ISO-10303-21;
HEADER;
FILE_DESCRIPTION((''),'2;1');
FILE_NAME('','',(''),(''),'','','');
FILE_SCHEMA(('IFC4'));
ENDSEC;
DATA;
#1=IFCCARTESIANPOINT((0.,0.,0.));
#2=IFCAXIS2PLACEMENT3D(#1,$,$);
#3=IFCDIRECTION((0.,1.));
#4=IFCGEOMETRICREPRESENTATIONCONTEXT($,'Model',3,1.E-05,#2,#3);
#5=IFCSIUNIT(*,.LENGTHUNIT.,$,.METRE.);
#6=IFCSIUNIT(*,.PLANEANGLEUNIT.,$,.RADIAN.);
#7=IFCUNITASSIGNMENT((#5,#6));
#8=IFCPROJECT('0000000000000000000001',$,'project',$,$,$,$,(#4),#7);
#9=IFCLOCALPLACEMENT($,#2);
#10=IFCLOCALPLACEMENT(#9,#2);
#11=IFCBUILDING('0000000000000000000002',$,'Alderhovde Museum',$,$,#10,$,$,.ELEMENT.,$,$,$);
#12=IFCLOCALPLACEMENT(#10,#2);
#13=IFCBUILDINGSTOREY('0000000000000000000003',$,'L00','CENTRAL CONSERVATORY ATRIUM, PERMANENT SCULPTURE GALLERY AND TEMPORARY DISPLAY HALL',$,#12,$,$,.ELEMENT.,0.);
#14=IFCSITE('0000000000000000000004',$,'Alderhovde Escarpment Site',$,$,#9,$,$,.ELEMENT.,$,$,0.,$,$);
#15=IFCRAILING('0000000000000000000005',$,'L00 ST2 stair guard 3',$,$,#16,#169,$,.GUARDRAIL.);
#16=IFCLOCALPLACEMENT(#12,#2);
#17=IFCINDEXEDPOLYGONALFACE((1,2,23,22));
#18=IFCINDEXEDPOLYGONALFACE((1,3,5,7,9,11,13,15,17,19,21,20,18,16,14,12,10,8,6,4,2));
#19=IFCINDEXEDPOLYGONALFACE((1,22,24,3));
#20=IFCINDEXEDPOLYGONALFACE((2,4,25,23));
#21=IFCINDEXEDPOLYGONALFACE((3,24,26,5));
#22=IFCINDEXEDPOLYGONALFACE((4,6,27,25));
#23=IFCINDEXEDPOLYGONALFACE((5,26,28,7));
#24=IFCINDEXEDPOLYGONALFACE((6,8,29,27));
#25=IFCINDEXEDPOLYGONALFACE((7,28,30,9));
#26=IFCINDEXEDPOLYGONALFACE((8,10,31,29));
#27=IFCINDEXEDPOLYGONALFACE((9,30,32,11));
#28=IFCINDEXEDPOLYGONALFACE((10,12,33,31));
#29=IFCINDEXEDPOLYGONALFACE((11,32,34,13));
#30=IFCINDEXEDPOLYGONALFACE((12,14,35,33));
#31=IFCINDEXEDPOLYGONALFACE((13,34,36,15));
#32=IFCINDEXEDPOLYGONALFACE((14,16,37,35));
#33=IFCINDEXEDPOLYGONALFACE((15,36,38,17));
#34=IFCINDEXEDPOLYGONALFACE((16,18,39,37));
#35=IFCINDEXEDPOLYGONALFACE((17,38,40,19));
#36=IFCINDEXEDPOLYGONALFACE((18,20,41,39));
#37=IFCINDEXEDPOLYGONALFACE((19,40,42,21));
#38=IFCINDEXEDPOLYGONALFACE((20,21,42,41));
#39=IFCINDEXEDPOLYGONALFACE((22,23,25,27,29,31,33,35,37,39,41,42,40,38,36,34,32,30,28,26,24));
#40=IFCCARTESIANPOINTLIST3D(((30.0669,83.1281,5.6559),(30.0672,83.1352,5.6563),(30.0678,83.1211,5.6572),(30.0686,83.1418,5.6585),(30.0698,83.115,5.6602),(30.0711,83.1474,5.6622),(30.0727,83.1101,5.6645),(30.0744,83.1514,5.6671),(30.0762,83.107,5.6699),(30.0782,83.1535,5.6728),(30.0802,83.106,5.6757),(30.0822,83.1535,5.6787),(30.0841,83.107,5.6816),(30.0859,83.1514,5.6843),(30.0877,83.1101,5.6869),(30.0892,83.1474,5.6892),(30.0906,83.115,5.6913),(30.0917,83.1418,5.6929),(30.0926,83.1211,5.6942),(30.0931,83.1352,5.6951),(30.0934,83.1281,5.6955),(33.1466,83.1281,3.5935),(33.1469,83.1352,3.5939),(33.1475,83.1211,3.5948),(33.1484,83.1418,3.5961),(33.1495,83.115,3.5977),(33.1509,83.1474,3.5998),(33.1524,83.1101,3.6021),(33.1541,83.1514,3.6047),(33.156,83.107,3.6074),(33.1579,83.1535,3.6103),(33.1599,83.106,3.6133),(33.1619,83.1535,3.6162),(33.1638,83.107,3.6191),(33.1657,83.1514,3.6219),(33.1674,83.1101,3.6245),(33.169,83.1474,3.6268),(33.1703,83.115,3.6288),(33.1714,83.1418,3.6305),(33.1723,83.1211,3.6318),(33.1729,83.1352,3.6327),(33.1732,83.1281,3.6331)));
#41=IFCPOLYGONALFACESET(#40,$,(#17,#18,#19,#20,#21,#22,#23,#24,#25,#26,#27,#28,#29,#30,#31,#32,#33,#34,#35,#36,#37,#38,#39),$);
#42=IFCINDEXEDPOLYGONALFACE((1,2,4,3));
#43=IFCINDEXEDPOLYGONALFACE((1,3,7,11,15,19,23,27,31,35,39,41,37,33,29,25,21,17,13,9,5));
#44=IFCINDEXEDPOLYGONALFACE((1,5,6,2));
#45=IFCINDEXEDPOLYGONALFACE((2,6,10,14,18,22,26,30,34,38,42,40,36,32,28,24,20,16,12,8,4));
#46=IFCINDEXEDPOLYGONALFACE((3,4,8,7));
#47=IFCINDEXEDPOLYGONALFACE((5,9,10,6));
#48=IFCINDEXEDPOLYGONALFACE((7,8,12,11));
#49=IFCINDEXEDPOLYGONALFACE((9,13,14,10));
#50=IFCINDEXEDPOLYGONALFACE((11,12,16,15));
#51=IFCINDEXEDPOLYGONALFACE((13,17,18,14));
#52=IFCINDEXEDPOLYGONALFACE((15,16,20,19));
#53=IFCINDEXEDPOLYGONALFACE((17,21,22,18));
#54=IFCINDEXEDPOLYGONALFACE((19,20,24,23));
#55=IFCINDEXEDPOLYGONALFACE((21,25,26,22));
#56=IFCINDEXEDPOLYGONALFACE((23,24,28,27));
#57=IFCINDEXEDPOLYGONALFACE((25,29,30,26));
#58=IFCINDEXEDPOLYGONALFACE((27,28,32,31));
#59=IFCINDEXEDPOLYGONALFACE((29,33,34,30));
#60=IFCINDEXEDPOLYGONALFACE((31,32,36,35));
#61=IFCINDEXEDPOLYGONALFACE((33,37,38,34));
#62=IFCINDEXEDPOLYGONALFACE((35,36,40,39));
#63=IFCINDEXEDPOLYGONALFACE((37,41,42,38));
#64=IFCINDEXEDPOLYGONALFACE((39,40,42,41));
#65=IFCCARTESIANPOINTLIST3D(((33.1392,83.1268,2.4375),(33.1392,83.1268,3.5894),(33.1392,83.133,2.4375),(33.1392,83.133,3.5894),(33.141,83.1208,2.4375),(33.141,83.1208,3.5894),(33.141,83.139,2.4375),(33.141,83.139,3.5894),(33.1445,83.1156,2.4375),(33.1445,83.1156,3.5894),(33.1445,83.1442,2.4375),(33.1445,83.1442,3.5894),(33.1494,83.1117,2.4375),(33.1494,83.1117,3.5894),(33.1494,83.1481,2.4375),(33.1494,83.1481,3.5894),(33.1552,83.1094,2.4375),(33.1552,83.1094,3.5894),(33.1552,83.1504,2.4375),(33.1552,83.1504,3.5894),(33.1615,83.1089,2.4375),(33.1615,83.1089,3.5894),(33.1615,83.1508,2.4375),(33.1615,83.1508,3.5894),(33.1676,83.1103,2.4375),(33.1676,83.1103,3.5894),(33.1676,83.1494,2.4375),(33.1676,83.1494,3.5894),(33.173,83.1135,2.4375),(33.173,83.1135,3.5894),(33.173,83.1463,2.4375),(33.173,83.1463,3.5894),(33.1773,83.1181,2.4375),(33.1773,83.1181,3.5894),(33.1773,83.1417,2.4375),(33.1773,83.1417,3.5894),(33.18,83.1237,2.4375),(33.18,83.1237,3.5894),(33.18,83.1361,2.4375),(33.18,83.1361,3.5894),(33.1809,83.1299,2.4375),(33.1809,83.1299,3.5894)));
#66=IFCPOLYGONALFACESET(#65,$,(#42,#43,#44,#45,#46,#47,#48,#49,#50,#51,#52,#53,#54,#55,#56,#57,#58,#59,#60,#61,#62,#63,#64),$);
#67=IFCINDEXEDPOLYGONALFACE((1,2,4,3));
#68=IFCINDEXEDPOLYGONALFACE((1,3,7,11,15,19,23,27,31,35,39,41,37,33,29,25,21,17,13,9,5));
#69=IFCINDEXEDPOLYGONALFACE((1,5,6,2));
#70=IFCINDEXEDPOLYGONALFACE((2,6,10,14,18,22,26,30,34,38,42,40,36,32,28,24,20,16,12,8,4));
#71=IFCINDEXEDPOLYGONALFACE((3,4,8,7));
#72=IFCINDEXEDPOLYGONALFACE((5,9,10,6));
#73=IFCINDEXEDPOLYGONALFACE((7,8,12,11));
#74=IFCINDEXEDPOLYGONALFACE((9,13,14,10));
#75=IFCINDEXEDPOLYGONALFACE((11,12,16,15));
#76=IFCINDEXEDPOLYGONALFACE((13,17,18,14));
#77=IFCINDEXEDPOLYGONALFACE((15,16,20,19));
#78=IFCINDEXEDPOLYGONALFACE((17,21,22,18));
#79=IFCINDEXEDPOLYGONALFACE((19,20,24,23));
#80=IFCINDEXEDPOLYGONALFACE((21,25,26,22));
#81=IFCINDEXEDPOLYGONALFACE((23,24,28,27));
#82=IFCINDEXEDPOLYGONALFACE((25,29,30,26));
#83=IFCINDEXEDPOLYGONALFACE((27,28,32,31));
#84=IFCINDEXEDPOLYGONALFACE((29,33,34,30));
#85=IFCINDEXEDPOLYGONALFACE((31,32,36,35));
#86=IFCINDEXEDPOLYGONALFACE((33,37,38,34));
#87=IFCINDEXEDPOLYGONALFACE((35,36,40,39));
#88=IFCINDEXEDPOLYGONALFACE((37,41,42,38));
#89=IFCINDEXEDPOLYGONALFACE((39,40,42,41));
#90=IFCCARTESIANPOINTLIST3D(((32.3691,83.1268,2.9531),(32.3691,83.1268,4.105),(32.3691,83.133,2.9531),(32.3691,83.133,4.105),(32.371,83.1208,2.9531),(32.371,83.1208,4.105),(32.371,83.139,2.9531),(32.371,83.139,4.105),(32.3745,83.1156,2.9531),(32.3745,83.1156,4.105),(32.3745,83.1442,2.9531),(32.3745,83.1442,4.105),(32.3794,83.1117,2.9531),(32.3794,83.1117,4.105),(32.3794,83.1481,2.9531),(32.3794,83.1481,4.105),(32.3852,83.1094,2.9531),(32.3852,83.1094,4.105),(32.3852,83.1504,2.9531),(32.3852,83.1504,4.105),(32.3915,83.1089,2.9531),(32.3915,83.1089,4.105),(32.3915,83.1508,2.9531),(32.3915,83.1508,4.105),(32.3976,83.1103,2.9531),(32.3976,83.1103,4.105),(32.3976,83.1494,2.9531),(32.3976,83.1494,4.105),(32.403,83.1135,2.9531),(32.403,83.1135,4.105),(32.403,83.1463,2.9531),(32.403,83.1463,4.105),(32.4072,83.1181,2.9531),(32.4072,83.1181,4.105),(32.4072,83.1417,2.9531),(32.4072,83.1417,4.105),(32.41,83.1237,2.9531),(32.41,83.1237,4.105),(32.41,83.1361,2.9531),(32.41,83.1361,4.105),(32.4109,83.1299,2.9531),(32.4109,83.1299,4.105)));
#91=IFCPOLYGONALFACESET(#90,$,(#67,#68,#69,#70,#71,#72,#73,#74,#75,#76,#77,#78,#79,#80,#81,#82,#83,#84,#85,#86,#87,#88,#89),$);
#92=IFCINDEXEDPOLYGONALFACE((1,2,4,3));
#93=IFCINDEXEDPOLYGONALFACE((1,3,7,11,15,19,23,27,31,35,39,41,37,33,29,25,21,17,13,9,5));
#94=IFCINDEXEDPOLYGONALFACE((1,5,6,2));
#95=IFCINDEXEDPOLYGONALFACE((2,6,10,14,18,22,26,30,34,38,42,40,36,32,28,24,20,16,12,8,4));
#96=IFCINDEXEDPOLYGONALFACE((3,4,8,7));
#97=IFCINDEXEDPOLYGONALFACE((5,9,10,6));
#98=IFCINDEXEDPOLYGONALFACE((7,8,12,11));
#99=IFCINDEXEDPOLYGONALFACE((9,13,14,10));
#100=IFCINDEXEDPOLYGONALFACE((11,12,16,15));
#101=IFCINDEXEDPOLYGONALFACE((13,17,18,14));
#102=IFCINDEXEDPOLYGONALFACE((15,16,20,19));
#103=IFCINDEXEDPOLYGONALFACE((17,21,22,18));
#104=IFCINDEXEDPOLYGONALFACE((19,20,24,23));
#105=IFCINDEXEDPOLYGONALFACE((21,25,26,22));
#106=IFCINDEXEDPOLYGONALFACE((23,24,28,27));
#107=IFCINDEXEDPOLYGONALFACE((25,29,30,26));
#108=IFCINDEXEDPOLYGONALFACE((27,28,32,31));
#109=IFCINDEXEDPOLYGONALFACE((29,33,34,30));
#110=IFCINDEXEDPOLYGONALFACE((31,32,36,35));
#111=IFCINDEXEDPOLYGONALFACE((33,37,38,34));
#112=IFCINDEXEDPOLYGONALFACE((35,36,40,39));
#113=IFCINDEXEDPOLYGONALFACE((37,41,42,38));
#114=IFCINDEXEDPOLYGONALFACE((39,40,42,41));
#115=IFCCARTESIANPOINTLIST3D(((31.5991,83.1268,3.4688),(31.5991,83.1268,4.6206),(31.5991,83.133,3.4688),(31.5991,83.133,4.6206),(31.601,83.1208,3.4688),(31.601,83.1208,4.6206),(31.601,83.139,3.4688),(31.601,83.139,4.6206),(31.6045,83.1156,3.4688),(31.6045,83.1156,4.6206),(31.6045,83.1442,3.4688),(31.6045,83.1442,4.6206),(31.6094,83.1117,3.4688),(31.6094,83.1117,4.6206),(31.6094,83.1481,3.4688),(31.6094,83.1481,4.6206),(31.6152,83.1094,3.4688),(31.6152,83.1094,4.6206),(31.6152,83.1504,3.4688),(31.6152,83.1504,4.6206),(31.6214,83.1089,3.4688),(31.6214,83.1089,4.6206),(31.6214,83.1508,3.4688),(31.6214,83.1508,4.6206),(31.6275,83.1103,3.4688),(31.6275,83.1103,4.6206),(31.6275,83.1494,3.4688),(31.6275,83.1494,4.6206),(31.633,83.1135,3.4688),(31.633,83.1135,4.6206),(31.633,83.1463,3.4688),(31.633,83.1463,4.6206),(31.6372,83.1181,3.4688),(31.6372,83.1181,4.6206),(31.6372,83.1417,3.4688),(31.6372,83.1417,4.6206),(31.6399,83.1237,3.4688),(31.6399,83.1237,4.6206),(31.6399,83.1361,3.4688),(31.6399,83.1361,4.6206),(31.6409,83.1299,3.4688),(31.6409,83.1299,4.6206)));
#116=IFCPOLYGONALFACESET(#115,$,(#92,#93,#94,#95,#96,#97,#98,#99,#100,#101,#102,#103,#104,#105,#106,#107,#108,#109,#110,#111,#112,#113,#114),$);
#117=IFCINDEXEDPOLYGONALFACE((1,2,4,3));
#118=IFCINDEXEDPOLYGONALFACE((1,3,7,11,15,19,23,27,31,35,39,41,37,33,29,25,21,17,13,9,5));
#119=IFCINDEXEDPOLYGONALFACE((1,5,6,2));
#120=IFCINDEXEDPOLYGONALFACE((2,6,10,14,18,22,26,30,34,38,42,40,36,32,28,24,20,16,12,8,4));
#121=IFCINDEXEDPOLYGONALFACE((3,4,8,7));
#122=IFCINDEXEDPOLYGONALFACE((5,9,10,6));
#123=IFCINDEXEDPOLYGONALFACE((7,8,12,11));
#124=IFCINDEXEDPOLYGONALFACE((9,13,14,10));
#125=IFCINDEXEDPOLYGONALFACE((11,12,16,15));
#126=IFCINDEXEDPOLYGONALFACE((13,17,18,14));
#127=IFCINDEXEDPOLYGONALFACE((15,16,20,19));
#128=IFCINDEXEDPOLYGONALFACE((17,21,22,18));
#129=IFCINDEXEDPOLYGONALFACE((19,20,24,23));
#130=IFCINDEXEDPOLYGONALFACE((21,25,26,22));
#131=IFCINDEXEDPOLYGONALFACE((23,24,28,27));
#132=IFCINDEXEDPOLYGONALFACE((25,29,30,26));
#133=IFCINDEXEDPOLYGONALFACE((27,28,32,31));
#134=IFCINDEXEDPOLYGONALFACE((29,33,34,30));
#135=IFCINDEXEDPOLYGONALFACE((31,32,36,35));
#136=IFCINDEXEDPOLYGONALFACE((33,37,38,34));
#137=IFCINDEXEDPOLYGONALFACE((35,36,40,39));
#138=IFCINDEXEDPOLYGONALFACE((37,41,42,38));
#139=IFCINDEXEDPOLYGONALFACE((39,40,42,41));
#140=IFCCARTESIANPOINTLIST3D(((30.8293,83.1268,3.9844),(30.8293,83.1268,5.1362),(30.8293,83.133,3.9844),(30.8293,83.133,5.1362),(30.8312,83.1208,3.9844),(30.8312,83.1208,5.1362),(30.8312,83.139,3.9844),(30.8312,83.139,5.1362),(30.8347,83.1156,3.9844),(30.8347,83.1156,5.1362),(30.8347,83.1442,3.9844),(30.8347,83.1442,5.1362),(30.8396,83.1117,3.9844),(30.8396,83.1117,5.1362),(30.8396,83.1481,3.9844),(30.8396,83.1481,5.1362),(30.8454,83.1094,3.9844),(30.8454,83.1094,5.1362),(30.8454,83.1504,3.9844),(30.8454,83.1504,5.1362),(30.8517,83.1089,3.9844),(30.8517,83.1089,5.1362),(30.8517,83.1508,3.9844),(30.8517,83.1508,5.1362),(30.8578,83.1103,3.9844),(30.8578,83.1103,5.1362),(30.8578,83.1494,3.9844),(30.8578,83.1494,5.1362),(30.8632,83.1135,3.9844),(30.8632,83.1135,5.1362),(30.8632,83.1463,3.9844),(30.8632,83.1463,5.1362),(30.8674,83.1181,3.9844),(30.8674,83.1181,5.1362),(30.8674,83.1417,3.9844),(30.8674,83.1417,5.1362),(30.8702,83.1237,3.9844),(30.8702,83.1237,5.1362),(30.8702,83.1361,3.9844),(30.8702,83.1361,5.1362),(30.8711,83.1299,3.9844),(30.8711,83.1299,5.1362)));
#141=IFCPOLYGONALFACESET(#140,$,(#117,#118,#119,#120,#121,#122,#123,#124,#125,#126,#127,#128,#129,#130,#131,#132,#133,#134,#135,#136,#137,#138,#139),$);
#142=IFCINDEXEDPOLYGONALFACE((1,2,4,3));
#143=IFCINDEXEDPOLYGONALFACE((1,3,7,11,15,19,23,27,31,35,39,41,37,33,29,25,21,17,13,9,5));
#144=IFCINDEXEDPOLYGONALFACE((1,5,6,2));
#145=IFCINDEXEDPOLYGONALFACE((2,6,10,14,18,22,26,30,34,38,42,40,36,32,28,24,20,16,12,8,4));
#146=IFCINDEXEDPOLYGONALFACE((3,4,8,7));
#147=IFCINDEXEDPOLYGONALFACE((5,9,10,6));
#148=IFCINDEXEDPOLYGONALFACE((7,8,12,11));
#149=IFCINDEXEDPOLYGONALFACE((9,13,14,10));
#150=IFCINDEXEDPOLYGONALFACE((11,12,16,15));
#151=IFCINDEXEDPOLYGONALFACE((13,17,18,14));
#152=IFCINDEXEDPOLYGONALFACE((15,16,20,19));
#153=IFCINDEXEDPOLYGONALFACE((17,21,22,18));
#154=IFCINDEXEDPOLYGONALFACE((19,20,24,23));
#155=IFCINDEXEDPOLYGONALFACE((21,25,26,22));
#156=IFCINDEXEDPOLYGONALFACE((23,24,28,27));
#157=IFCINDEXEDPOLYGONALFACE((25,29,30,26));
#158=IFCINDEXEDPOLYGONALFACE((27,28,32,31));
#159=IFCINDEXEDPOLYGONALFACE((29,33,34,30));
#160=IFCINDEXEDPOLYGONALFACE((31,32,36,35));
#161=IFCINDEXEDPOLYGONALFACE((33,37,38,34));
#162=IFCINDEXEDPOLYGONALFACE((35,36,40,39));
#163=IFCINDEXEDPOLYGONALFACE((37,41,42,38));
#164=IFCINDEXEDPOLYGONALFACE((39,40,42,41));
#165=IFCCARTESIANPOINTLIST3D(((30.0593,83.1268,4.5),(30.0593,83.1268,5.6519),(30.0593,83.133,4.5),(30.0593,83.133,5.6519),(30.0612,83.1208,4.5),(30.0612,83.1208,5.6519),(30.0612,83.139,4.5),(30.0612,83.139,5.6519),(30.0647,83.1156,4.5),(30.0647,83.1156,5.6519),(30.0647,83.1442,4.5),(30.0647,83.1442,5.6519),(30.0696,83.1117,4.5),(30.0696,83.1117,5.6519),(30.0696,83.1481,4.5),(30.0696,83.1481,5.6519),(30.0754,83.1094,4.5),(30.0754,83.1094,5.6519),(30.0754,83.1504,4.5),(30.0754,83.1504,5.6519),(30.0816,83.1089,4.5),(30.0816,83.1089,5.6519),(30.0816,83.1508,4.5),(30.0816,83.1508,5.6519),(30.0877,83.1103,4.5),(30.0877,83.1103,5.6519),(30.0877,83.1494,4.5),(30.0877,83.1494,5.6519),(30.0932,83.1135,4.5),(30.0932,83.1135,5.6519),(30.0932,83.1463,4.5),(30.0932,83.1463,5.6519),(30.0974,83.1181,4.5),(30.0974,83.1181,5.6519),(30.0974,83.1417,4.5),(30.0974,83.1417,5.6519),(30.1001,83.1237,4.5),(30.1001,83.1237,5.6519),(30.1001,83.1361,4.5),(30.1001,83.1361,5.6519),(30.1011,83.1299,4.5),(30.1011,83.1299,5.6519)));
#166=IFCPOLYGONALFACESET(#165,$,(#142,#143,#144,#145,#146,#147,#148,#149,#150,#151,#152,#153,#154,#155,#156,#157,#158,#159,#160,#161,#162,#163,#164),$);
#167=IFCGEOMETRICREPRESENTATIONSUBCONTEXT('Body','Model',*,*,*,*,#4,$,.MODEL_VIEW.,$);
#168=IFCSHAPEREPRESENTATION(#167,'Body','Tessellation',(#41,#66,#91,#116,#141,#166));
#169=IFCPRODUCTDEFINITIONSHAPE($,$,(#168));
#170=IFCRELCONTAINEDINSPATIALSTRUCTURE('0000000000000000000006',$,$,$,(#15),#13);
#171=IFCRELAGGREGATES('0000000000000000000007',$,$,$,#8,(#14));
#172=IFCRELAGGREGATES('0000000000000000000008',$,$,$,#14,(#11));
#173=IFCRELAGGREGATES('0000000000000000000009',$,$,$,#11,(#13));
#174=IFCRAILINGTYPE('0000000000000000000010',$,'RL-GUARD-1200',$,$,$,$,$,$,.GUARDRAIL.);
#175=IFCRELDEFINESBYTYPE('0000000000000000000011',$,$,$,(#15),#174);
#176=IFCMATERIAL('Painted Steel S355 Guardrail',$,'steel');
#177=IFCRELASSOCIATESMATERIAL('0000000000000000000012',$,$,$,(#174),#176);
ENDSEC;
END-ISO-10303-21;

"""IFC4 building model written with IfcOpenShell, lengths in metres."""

from ifc_helpers import new_model, si_unit, direction, frame, origin, origin_2d, place, context, subcontext, project, spatial, circle, extrude, material, type_object, element, save


model = new_model("IFC4")

# Units and contexts
model_context = context("Model", 3, precision=1e-05, world=origin(), true_north=direction((0.0, 1.0)))
body_context = subcontext(model_context, "Body", "Model", "MODEL_VIEW")
ifc_project = project(units=[si_unit("LENGTHUNIT", "METRE"), si_unit("PLANEANGLEUNIT", "RADIAN")], contexts=[model_context])

# Site, building, storey
site_placement = place(None, origin())
site = spatial("IfcSite", under=ifc_project, at=site_placement, Name="Alderhovde Escarpment Site", CompositionType="ELEMENT", RefElevation=0.0)
building_placement = place(site_placement, origin())
building = spatial("IfcBuilding", under=site, at=building_placement, Name="Alderhovde Museum", CompositionType="ELEMENT")
storey_placement = place(building_placement, origin())
storey = spatial("IfcBuildingStorey", under=building, at=storey_placement, Name="L00", Description="CENTRAL CONSERVATORY ATRIUM, PERMANENT SCULPTURE GALLERY AND TEMPORARY DISPLAY HALL", CompositionType="ELEMENT", Elevation=0.0)

# Railing
ifc_material_1 = material(Name="Painted Steel S355 Guardrail", Category="steel")
railing_type_1 = type_object("IfcRailingType", Name="RL-GUARD-1200", PredefinedType="GUARDRAIL", material=ifc_material_1)
railing_1_placement = place(storey_placement, frame((33.1599, 83.1299, 2.4375)))
element("IfcRailing", 1, at=railing_1_placement, inside=storey, type_object=railing_type_1, Name="L00 ST2 stair guard 3", PredefinedType="GUARDRAIL", context=body_context, shape_type="SweptSolid", body=[
    extrude(circle(Radius=0.0239, at=origin_2d()), frame((0.0, 0.0, 1.1758), z_axis=(-0.830893, 0.0, 0.556432), x_axis=(0.0, -1.0, 0.0)), (0.0, 0.0, 1.0), 3.7065),
    extrude(circle(Radius=0.021, at=origin_2d()), origin(), (0.0, 0.0, 1.0), 1.1519),
    extrude(circle(Radius=0.021, at=origin_2d()), frame((-0.77, 0.0, 0.5156)), (0.0, 0.0, 1.0), 1.1519),
    extrude(circle(Radius=0.021, at=origin_2d()), frame((-1.54, 0.0, 1.0312)), (0.0, 0.0, 1.0), 1.1519),
    extrude(circle(Radius=0.021, at=origin_2d()), frame((-2.3098, 0.0, 1.5469)), (0.0, 0.0, 1.0), 1.1519),
    extrude(circle(Radius=0.021, at=origin_2d()), frame((-3.0798, 0.0, 2.0625)), (0.0, 0.0, 1.0), 1.1519),
])

save(model, "model.ifc")
